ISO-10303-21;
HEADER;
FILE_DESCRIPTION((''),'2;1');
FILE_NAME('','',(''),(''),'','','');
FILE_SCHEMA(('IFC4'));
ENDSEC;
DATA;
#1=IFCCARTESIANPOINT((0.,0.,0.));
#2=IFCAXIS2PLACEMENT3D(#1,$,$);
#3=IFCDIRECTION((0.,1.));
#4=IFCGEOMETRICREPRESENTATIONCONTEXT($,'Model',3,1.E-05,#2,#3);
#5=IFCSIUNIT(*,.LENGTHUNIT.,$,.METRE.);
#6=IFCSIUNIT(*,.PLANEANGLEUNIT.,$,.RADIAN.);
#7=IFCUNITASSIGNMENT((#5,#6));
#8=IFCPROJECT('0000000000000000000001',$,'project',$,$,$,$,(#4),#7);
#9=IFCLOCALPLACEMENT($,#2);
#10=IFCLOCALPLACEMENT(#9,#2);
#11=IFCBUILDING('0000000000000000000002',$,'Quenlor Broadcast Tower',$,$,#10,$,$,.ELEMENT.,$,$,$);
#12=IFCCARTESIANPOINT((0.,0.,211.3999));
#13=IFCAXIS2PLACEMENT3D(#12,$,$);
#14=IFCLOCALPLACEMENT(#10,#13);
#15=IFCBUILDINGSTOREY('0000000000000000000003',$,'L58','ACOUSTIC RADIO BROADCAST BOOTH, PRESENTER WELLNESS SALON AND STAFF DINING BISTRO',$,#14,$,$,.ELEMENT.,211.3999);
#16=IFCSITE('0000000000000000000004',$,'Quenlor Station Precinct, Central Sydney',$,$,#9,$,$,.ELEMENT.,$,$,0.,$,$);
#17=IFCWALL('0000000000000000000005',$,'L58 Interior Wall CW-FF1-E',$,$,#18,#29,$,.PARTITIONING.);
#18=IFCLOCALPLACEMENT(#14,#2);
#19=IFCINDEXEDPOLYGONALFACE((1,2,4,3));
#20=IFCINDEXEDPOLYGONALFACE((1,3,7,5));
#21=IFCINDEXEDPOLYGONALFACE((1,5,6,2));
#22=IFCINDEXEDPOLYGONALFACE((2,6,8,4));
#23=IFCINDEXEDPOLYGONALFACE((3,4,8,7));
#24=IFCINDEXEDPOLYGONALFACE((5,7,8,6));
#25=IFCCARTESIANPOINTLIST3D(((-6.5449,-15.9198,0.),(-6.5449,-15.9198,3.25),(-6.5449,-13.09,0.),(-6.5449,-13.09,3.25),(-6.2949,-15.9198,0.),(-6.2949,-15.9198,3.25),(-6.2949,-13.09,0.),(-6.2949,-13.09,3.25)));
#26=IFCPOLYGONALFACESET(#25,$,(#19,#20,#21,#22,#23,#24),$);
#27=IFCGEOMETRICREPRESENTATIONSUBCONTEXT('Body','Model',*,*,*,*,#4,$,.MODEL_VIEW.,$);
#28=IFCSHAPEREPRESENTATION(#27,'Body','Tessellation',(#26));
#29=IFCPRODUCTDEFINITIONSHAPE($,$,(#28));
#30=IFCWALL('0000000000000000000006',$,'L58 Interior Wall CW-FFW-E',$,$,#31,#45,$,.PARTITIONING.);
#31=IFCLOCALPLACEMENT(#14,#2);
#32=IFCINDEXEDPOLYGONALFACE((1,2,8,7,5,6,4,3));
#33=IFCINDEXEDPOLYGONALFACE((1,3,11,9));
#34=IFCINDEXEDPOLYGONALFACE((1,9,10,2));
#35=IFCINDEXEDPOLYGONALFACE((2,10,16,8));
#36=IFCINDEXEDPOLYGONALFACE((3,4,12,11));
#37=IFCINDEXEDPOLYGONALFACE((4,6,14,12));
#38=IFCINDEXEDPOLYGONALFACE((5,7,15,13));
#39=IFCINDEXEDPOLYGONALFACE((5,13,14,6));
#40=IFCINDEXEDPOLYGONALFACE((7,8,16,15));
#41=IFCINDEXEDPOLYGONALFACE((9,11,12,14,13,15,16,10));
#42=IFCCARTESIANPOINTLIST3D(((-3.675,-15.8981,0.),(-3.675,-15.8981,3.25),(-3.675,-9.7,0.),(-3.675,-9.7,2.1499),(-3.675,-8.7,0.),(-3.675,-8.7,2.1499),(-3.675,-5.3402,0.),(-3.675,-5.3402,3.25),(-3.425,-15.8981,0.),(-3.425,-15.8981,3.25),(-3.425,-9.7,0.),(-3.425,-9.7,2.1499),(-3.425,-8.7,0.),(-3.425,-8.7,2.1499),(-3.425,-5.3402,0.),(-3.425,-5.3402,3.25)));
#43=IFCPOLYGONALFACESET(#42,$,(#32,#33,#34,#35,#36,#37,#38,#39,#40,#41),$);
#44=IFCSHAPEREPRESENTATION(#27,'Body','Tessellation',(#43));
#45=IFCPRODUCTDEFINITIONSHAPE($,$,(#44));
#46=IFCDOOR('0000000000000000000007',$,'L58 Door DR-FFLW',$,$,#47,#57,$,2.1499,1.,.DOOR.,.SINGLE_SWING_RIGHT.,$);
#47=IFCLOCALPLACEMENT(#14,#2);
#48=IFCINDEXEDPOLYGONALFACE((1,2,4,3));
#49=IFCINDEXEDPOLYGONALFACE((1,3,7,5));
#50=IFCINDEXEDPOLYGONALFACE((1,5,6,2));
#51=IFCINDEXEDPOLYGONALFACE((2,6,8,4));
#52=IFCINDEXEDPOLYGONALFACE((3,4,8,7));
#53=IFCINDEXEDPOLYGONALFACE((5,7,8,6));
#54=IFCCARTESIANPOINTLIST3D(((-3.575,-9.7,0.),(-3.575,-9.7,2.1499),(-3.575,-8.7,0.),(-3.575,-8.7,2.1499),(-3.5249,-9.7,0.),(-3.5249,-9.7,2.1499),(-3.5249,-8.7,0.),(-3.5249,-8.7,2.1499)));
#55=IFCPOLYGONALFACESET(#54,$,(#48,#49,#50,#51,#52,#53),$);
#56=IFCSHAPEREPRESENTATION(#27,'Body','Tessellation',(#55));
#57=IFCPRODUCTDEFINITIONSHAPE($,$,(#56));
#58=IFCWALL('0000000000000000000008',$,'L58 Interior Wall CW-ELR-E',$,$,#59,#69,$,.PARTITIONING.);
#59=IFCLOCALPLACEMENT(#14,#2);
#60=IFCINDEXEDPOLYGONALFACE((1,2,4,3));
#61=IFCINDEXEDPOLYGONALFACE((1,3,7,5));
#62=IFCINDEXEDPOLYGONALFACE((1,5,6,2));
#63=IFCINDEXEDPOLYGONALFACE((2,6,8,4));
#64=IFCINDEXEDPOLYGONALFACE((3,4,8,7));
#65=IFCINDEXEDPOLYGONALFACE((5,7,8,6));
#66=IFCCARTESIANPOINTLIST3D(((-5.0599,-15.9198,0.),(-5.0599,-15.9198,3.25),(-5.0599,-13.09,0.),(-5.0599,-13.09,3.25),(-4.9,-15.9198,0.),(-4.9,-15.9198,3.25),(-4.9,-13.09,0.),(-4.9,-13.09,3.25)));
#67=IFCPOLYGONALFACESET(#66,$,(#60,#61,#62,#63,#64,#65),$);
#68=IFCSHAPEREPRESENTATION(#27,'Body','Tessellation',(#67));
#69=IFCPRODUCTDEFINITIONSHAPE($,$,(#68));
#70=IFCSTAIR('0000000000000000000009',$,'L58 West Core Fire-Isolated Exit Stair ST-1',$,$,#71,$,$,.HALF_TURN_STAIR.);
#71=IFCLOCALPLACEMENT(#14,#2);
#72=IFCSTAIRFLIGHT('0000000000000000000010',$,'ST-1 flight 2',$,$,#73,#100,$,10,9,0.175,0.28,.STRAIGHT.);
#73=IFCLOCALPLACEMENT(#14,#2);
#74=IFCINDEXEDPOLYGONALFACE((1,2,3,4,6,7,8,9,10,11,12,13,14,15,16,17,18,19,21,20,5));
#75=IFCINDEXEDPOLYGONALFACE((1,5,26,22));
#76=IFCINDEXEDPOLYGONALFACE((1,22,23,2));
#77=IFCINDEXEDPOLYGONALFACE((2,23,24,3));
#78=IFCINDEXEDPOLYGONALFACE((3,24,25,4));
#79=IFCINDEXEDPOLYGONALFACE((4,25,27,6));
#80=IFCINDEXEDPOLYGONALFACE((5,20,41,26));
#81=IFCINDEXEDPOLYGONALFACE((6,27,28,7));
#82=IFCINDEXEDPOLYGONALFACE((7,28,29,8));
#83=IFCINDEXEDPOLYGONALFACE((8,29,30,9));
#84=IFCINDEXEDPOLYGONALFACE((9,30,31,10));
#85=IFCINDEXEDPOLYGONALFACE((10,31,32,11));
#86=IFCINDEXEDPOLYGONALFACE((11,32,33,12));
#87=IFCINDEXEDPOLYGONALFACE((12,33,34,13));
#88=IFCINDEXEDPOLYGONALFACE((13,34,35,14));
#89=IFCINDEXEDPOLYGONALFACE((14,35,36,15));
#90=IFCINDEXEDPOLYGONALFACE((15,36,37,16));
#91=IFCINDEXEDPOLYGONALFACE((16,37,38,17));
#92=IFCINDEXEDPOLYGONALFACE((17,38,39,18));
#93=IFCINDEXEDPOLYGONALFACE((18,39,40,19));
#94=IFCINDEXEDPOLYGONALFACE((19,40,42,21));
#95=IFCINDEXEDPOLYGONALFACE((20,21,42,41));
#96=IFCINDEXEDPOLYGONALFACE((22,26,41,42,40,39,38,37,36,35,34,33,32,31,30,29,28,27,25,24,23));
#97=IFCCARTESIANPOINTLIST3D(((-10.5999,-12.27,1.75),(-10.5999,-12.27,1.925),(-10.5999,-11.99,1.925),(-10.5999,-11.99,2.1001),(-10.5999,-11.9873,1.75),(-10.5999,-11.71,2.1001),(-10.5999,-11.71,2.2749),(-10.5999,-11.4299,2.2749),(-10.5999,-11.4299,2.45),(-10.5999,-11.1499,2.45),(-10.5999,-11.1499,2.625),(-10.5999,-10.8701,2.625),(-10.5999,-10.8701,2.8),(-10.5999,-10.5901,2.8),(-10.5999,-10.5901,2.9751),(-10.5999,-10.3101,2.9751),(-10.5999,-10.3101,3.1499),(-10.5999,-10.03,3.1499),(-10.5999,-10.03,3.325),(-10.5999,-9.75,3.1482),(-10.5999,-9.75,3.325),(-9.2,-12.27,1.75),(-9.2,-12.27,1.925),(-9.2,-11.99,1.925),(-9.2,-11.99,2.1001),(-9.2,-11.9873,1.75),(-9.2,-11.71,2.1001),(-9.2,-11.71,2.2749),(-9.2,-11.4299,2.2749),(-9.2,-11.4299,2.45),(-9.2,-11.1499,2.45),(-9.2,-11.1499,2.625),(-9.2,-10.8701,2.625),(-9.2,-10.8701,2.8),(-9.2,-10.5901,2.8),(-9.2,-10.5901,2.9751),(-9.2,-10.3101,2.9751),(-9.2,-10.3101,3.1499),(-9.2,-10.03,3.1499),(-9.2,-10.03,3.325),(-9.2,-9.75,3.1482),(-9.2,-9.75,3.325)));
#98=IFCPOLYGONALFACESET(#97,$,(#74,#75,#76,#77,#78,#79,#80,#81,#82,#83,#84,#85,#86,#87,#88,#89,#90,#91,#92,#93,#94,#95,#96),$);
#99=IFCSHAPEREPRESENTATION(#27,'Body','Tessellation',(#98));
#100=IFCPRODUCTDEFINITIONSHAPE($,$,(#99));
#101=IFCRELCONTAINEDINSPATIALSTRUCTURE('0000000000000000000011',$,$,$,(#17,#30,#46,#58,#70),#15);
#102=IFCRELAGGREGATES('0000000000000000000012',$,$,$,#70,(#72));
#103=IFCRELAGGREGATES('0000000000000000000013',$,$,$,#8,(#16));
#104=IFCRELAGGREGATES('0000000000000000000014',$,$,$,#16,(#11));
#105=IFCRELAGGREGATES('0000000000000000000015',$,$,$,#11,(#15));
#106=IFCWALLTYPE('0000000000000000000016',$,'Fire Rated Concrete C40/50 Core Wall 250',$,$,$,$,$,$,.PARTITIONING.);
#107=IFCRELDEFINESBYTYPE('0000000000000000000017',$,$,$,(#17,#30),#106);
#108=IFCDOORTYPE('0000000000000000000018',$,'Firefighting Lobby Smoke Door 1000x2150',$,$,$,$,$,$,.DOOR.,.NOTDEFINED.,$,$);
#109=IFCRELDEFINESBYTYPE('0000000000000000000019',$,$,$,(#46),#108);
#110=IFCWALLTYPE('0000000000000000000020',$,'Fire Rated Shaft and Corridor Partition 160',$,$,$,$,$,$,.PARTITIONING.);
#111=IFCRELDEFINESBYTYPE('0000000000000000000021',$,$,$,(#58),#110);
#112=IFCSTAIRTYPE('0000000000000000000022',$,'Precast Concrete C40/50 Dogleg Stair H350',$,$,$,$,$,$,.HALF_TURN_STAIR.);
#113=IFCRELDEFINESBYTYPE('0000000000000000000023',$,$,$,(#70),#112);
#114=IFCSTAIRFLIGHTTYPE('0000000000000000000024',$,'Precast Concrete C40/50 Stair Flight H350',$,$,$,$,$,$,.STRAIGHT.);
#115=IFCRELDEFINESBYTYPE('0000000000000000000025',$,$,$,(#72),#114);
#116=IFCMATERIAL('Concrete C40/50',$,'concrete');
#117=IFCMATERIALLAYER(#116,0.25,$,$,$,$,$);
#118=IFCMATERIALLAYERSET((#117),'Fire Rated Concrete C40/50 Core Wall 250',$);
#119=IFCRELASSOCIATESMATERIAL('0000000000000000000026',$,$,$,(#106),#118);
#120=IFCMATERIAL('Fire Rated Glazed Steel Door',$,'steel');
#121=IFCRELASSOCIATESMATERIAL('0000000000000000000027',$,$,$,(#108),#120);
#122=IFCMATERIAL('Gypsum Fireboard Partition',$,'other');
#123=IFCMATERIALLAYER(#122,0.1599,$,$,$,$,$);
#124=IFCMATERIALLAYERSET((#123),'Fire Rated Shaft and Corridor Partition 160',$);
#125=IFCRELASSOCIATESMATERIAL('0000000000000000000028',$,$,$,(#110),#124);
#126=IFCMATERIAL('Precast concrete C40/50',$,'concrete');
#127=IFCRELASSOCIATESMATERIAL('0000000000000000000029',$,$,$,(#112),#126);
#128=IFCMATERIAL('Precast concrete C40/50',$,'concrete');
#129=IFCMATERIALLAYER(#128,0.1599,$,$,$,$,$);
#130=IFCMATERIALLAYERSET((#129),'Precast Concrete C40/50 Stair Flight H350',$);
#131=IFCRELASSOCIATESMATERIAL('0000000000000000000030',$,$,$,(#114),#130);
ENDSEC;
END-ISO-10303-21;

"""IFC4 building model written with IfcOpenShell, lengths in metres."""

from ifc_helpers import new_model, si_unit, direction, frame, frame_2d, origin, place, context, subcontext, project, spatial, polyline, rectangle, outline, extrude, material, layer, layer_set, type_object, element, fill, aggregate, save


model = new_model("IFC4")

# Units and contexts
model_context = context("Model", 3, precision=1e-05, world=origin(), true_north=direction((0.0, 1.0)))
body_context = subcontext(model_context, "Body", "Model", "MODEL_VIEW")
ifc_project = project(units=[si_unit("LENGTHUNIT", "METRE"), si_unit("PLANEANGLEUNIT", "RADIAN")], contexts=[model_context])

# Site, building, storey
site_placement = place(None, origin())
site = spatial("IfcSite", under=ifc_project, at=site_placement, Name="Quenlor Station Precinct, Central Sydney", CompositionType="ELEMENT", RefElevation=0.0)
building_placement = place(site_placement, origin())
building = spatial("IfcBuilding", under=site, at=building_placement, Name="Quenlor Broadcast Tower", CompositionType="ELEMENT")
storey_placement = place(building_placement, frame((0.0, 0.0, 211.3999)))
storey = spatial("IfcBuildingStorey", under=building, at=storey_placement, Name="L58", Description="ACOUSTIC RADIO BROADCAST BOOTH, PRESENTER WELLNESS SALON AND STAFF DINING BISTRO", CompositionType="ELEMENT", Elevation=211.3999)

# Shared definitions
ifc_material_1 = material(Name="Concrete C40/50", Category="concrete")
ifc_layer_1 = layer(ifc_material_1, 0.25)
ifc_layer_set_1 = layer_set([ifc_layer_1], Name="Fire Rated Concrete C40/50 Core Wall 250")
wall_type_1 = type_object("IfcWallType", Name="Fire Rated Concrete C40/50 Core Wall 250", PredefinedType="PARTITIONING", material=ifc_layer_set_1)

# Wall
wall_1_placement = place(storey_placement, frame((-6.4199, -15.9199, 0.0), z_axis=(0.0, 0.0, 1.0), x_axis=(0.0, 1.0, 0.0)))
element("IfcWall", 1, at=wall_1_placement, inside=storey, type_object=wall_type_1, Name="L58 Interior Wall CW-FF1-E", PredefinedType="PARTITIONING", context=body_context, shape_type="SweptSolid", body=[
    extrude(rectangle(XDim=2.8298, YDim=0.25, at=frame_2d((1.415, 0.0))), origin(), (0.0, 0.0, 1.0), 3.25),
])

# Wall, opening, door
wall_2_placement = place(storey_placement, frame((-3.55, -15.8979, 0.0), z_axis=(0.0, 0.0, 1.0), x_axis=(0.0, 1.0, 0.0)))
wall_2 = element("IfcWall", 2, at=wall_2_placement, inside=storey, type_object=wall_type_1, Name="L58 Interior Wall CW-FFW-E", PredefinedType="PARTITIONING", context=body_context, shape_type="SweptSolid", body=[
    extrude(rectangle(XDim=10.5579, YDim=0.25, at=frame_2d((5.2788, 0.0))), origin(), (0.0, 0.0, 1.0), 3.25),
])
opening_1_placement = place(wall_2_placement, frame((6.198, 0.0, 0.0)))
opening_1 = element("IfcOpeningElement", 3, at=opening_1_placement, cuts=wall_2, PredefinedType="OPENING", context=body_context, shape_type="SweptSolid", body=[
    extrude(rectangle(XDim=1.0, YDim=2.1499, at=frame_2d((0.5, 1.075))), frame((0.0, 0.135, 0.0), z_axis=(0.0, -1.0, 0.0), x_axis=(1.0, 0.0, 0.0)), (0.0, 0.0, 1.0), 0.27),
])
ifc_material_2 = material(Name="Fire Rated Glazed Steel Door", Category="steel")
door_type_1 = type_object("IfcDoorType", Name="Firefighting Lobby Smoke Door 1000x2150", OperationType="NOTDEFINED", PredefinedType="DOOR", material=ifc_material_2)
door_1_placement = place(opening_1_placement, origin())
door_1 = element("IfcDoor", 4, at=door_1_placement, inside=storey, type_object=door_type_1, Name="L58 Door DR-FFLW", OperationType="SINGLE_SWING_RIGHT", OverallHeight=2.1499, OverallWidth=1.0, PredefinedType="DOOR", context=body_context, shape_type="SweptSolid", body=[
    extrude(rectangle(XDim=1.0, YDim=2.1499, at=frame_2d((0.5, 1.075))), frame((0.0, 0.0249, 0.0), z_axis=(0.0, -1.0, 0.0), x_axis=(1.0, 0.0, 0.0)), (0.0, 0.0, 1.0), 0.05),
])
fill(opening_1, door_1)

# Wall
ifc_material_3 = material(Name="Gypsum Fireboard Partition", Category="other")
ifc_layer_2 = layer(ifc_material_3, 0.1599)
ifc_layer_set_2 = layer_set([ifc_layer_2], Name="Fire Rated Shaft and Corridor Partition 160")
wall_type_2 = type_object("IfcWallType", Name="Fire Rated Shaft and Corridor Partition 160", PredefinedType="PARTITIONING", material=ifc_layer_set_2)
wall_3_placement = place(storey_placement, frame((-4.98, -15.9199, 0.0), z_axis=(0.0, 0.0, 1.0), x_axis=(0.0, 1.0, 0.0)))
element("IfcWall", 5, at=wall_3_placement, inside=storey, type_object=wall_type_2, Name="L58 Interior Wall CW-ELR-E", PredefinedType="PARTITIONING", context=body_context, shape_type="SweptSolid", body=[
    extrude(rectangle(XDim=2.8298, YDim=0.1599, at=frame_2d((1.415, 0.0))), origin(), (0.0, 0.0, 1.0), 3.25),
])

# Stair, stair flight
ifc_material_4 = material(Name="Precast concrete C40/50", Category="concrete")
stair_type = type_object("IfcStairType", Name="Precast Concrete C40/50 Dogleg Stair H350", PredefinedType="HALF_TURN_STAIR", material=ifc_material_4)
stair_placement = place(storey_placement, origin())
stair = element("IfcStair", 6, at=stair_placement, inside=storey, type_object=stair_type, Name="L58 West Core Fire-Isolated Exit Stair ST-1", PredefinedType="HALF_TURN_STAIR")
ifc_material_5 = material(Name="Precast concrete C40/50", Category="concrete")
ifc_layer_3 = layer(ifc_material_5, 0.1599)
ifc_layer_set_3 = layer_set([ifc_layer_3], Name="Precast Concrete C40/50 Stair Flight H350")
stair_flight_type = type_object("IfcStairFlightType", Name="Precast Concrete C40/50 Stair Flight H350", PredefinedType="STRAIGHT", material=ifc_layer_set_3)
stair_flight_placement = place(storey_placement, frame((-9.8999, -12.27, 1.75), z_axis=(0.0, 0.0, 1.0), x_axis=(0.0, 1.0, 0.0)))
stair_flight = element("IfcStairFlight", 7, at=stair_flight_placement, type_object=stair_flight_type, Name="ST-1 flight 2", NumberOfRisers=10, NumberOfTreads=9, PredefinedType="STRAIGHT", RiserHeight=0.175, TreadLength=0.28, context=body_context, shape_type="SweptSolid", body=[
    extrude(outline(polyline([(0.0, 0.0), (0.0, 0.175), (0.28, 0.175), (0.28, 0.3501), (0.5601, 0.3501), (0.5601, 0.5249), (0.8401, 0.5249), (0.8401, 0.7), (1.1201, 0.7), (1.1201, 0.875), (1.3999, 0.875), (1.3999, 1.05), (1.6799, 1.05), (1.6799, 1.2251), (1.96, 1.2251), (1.96, 1.3999), (2.24, 1.3999), (2.24, 1.575), (2.52, 1.575), (2.52, 1.75), (2.52, 1.3982), (0.2827, 0.0), (0.0, 0.0)])), frame((0.0, 0.7, 0.0), z_axis=(0.0, -1.0, 0.0), x_axis=(1.0, 0.0, 0.0)), (0.0, 0.0, 1.0), 1.3999),
])
aggregate(stair, [stair_flight])

save(model, "model.ifc")
